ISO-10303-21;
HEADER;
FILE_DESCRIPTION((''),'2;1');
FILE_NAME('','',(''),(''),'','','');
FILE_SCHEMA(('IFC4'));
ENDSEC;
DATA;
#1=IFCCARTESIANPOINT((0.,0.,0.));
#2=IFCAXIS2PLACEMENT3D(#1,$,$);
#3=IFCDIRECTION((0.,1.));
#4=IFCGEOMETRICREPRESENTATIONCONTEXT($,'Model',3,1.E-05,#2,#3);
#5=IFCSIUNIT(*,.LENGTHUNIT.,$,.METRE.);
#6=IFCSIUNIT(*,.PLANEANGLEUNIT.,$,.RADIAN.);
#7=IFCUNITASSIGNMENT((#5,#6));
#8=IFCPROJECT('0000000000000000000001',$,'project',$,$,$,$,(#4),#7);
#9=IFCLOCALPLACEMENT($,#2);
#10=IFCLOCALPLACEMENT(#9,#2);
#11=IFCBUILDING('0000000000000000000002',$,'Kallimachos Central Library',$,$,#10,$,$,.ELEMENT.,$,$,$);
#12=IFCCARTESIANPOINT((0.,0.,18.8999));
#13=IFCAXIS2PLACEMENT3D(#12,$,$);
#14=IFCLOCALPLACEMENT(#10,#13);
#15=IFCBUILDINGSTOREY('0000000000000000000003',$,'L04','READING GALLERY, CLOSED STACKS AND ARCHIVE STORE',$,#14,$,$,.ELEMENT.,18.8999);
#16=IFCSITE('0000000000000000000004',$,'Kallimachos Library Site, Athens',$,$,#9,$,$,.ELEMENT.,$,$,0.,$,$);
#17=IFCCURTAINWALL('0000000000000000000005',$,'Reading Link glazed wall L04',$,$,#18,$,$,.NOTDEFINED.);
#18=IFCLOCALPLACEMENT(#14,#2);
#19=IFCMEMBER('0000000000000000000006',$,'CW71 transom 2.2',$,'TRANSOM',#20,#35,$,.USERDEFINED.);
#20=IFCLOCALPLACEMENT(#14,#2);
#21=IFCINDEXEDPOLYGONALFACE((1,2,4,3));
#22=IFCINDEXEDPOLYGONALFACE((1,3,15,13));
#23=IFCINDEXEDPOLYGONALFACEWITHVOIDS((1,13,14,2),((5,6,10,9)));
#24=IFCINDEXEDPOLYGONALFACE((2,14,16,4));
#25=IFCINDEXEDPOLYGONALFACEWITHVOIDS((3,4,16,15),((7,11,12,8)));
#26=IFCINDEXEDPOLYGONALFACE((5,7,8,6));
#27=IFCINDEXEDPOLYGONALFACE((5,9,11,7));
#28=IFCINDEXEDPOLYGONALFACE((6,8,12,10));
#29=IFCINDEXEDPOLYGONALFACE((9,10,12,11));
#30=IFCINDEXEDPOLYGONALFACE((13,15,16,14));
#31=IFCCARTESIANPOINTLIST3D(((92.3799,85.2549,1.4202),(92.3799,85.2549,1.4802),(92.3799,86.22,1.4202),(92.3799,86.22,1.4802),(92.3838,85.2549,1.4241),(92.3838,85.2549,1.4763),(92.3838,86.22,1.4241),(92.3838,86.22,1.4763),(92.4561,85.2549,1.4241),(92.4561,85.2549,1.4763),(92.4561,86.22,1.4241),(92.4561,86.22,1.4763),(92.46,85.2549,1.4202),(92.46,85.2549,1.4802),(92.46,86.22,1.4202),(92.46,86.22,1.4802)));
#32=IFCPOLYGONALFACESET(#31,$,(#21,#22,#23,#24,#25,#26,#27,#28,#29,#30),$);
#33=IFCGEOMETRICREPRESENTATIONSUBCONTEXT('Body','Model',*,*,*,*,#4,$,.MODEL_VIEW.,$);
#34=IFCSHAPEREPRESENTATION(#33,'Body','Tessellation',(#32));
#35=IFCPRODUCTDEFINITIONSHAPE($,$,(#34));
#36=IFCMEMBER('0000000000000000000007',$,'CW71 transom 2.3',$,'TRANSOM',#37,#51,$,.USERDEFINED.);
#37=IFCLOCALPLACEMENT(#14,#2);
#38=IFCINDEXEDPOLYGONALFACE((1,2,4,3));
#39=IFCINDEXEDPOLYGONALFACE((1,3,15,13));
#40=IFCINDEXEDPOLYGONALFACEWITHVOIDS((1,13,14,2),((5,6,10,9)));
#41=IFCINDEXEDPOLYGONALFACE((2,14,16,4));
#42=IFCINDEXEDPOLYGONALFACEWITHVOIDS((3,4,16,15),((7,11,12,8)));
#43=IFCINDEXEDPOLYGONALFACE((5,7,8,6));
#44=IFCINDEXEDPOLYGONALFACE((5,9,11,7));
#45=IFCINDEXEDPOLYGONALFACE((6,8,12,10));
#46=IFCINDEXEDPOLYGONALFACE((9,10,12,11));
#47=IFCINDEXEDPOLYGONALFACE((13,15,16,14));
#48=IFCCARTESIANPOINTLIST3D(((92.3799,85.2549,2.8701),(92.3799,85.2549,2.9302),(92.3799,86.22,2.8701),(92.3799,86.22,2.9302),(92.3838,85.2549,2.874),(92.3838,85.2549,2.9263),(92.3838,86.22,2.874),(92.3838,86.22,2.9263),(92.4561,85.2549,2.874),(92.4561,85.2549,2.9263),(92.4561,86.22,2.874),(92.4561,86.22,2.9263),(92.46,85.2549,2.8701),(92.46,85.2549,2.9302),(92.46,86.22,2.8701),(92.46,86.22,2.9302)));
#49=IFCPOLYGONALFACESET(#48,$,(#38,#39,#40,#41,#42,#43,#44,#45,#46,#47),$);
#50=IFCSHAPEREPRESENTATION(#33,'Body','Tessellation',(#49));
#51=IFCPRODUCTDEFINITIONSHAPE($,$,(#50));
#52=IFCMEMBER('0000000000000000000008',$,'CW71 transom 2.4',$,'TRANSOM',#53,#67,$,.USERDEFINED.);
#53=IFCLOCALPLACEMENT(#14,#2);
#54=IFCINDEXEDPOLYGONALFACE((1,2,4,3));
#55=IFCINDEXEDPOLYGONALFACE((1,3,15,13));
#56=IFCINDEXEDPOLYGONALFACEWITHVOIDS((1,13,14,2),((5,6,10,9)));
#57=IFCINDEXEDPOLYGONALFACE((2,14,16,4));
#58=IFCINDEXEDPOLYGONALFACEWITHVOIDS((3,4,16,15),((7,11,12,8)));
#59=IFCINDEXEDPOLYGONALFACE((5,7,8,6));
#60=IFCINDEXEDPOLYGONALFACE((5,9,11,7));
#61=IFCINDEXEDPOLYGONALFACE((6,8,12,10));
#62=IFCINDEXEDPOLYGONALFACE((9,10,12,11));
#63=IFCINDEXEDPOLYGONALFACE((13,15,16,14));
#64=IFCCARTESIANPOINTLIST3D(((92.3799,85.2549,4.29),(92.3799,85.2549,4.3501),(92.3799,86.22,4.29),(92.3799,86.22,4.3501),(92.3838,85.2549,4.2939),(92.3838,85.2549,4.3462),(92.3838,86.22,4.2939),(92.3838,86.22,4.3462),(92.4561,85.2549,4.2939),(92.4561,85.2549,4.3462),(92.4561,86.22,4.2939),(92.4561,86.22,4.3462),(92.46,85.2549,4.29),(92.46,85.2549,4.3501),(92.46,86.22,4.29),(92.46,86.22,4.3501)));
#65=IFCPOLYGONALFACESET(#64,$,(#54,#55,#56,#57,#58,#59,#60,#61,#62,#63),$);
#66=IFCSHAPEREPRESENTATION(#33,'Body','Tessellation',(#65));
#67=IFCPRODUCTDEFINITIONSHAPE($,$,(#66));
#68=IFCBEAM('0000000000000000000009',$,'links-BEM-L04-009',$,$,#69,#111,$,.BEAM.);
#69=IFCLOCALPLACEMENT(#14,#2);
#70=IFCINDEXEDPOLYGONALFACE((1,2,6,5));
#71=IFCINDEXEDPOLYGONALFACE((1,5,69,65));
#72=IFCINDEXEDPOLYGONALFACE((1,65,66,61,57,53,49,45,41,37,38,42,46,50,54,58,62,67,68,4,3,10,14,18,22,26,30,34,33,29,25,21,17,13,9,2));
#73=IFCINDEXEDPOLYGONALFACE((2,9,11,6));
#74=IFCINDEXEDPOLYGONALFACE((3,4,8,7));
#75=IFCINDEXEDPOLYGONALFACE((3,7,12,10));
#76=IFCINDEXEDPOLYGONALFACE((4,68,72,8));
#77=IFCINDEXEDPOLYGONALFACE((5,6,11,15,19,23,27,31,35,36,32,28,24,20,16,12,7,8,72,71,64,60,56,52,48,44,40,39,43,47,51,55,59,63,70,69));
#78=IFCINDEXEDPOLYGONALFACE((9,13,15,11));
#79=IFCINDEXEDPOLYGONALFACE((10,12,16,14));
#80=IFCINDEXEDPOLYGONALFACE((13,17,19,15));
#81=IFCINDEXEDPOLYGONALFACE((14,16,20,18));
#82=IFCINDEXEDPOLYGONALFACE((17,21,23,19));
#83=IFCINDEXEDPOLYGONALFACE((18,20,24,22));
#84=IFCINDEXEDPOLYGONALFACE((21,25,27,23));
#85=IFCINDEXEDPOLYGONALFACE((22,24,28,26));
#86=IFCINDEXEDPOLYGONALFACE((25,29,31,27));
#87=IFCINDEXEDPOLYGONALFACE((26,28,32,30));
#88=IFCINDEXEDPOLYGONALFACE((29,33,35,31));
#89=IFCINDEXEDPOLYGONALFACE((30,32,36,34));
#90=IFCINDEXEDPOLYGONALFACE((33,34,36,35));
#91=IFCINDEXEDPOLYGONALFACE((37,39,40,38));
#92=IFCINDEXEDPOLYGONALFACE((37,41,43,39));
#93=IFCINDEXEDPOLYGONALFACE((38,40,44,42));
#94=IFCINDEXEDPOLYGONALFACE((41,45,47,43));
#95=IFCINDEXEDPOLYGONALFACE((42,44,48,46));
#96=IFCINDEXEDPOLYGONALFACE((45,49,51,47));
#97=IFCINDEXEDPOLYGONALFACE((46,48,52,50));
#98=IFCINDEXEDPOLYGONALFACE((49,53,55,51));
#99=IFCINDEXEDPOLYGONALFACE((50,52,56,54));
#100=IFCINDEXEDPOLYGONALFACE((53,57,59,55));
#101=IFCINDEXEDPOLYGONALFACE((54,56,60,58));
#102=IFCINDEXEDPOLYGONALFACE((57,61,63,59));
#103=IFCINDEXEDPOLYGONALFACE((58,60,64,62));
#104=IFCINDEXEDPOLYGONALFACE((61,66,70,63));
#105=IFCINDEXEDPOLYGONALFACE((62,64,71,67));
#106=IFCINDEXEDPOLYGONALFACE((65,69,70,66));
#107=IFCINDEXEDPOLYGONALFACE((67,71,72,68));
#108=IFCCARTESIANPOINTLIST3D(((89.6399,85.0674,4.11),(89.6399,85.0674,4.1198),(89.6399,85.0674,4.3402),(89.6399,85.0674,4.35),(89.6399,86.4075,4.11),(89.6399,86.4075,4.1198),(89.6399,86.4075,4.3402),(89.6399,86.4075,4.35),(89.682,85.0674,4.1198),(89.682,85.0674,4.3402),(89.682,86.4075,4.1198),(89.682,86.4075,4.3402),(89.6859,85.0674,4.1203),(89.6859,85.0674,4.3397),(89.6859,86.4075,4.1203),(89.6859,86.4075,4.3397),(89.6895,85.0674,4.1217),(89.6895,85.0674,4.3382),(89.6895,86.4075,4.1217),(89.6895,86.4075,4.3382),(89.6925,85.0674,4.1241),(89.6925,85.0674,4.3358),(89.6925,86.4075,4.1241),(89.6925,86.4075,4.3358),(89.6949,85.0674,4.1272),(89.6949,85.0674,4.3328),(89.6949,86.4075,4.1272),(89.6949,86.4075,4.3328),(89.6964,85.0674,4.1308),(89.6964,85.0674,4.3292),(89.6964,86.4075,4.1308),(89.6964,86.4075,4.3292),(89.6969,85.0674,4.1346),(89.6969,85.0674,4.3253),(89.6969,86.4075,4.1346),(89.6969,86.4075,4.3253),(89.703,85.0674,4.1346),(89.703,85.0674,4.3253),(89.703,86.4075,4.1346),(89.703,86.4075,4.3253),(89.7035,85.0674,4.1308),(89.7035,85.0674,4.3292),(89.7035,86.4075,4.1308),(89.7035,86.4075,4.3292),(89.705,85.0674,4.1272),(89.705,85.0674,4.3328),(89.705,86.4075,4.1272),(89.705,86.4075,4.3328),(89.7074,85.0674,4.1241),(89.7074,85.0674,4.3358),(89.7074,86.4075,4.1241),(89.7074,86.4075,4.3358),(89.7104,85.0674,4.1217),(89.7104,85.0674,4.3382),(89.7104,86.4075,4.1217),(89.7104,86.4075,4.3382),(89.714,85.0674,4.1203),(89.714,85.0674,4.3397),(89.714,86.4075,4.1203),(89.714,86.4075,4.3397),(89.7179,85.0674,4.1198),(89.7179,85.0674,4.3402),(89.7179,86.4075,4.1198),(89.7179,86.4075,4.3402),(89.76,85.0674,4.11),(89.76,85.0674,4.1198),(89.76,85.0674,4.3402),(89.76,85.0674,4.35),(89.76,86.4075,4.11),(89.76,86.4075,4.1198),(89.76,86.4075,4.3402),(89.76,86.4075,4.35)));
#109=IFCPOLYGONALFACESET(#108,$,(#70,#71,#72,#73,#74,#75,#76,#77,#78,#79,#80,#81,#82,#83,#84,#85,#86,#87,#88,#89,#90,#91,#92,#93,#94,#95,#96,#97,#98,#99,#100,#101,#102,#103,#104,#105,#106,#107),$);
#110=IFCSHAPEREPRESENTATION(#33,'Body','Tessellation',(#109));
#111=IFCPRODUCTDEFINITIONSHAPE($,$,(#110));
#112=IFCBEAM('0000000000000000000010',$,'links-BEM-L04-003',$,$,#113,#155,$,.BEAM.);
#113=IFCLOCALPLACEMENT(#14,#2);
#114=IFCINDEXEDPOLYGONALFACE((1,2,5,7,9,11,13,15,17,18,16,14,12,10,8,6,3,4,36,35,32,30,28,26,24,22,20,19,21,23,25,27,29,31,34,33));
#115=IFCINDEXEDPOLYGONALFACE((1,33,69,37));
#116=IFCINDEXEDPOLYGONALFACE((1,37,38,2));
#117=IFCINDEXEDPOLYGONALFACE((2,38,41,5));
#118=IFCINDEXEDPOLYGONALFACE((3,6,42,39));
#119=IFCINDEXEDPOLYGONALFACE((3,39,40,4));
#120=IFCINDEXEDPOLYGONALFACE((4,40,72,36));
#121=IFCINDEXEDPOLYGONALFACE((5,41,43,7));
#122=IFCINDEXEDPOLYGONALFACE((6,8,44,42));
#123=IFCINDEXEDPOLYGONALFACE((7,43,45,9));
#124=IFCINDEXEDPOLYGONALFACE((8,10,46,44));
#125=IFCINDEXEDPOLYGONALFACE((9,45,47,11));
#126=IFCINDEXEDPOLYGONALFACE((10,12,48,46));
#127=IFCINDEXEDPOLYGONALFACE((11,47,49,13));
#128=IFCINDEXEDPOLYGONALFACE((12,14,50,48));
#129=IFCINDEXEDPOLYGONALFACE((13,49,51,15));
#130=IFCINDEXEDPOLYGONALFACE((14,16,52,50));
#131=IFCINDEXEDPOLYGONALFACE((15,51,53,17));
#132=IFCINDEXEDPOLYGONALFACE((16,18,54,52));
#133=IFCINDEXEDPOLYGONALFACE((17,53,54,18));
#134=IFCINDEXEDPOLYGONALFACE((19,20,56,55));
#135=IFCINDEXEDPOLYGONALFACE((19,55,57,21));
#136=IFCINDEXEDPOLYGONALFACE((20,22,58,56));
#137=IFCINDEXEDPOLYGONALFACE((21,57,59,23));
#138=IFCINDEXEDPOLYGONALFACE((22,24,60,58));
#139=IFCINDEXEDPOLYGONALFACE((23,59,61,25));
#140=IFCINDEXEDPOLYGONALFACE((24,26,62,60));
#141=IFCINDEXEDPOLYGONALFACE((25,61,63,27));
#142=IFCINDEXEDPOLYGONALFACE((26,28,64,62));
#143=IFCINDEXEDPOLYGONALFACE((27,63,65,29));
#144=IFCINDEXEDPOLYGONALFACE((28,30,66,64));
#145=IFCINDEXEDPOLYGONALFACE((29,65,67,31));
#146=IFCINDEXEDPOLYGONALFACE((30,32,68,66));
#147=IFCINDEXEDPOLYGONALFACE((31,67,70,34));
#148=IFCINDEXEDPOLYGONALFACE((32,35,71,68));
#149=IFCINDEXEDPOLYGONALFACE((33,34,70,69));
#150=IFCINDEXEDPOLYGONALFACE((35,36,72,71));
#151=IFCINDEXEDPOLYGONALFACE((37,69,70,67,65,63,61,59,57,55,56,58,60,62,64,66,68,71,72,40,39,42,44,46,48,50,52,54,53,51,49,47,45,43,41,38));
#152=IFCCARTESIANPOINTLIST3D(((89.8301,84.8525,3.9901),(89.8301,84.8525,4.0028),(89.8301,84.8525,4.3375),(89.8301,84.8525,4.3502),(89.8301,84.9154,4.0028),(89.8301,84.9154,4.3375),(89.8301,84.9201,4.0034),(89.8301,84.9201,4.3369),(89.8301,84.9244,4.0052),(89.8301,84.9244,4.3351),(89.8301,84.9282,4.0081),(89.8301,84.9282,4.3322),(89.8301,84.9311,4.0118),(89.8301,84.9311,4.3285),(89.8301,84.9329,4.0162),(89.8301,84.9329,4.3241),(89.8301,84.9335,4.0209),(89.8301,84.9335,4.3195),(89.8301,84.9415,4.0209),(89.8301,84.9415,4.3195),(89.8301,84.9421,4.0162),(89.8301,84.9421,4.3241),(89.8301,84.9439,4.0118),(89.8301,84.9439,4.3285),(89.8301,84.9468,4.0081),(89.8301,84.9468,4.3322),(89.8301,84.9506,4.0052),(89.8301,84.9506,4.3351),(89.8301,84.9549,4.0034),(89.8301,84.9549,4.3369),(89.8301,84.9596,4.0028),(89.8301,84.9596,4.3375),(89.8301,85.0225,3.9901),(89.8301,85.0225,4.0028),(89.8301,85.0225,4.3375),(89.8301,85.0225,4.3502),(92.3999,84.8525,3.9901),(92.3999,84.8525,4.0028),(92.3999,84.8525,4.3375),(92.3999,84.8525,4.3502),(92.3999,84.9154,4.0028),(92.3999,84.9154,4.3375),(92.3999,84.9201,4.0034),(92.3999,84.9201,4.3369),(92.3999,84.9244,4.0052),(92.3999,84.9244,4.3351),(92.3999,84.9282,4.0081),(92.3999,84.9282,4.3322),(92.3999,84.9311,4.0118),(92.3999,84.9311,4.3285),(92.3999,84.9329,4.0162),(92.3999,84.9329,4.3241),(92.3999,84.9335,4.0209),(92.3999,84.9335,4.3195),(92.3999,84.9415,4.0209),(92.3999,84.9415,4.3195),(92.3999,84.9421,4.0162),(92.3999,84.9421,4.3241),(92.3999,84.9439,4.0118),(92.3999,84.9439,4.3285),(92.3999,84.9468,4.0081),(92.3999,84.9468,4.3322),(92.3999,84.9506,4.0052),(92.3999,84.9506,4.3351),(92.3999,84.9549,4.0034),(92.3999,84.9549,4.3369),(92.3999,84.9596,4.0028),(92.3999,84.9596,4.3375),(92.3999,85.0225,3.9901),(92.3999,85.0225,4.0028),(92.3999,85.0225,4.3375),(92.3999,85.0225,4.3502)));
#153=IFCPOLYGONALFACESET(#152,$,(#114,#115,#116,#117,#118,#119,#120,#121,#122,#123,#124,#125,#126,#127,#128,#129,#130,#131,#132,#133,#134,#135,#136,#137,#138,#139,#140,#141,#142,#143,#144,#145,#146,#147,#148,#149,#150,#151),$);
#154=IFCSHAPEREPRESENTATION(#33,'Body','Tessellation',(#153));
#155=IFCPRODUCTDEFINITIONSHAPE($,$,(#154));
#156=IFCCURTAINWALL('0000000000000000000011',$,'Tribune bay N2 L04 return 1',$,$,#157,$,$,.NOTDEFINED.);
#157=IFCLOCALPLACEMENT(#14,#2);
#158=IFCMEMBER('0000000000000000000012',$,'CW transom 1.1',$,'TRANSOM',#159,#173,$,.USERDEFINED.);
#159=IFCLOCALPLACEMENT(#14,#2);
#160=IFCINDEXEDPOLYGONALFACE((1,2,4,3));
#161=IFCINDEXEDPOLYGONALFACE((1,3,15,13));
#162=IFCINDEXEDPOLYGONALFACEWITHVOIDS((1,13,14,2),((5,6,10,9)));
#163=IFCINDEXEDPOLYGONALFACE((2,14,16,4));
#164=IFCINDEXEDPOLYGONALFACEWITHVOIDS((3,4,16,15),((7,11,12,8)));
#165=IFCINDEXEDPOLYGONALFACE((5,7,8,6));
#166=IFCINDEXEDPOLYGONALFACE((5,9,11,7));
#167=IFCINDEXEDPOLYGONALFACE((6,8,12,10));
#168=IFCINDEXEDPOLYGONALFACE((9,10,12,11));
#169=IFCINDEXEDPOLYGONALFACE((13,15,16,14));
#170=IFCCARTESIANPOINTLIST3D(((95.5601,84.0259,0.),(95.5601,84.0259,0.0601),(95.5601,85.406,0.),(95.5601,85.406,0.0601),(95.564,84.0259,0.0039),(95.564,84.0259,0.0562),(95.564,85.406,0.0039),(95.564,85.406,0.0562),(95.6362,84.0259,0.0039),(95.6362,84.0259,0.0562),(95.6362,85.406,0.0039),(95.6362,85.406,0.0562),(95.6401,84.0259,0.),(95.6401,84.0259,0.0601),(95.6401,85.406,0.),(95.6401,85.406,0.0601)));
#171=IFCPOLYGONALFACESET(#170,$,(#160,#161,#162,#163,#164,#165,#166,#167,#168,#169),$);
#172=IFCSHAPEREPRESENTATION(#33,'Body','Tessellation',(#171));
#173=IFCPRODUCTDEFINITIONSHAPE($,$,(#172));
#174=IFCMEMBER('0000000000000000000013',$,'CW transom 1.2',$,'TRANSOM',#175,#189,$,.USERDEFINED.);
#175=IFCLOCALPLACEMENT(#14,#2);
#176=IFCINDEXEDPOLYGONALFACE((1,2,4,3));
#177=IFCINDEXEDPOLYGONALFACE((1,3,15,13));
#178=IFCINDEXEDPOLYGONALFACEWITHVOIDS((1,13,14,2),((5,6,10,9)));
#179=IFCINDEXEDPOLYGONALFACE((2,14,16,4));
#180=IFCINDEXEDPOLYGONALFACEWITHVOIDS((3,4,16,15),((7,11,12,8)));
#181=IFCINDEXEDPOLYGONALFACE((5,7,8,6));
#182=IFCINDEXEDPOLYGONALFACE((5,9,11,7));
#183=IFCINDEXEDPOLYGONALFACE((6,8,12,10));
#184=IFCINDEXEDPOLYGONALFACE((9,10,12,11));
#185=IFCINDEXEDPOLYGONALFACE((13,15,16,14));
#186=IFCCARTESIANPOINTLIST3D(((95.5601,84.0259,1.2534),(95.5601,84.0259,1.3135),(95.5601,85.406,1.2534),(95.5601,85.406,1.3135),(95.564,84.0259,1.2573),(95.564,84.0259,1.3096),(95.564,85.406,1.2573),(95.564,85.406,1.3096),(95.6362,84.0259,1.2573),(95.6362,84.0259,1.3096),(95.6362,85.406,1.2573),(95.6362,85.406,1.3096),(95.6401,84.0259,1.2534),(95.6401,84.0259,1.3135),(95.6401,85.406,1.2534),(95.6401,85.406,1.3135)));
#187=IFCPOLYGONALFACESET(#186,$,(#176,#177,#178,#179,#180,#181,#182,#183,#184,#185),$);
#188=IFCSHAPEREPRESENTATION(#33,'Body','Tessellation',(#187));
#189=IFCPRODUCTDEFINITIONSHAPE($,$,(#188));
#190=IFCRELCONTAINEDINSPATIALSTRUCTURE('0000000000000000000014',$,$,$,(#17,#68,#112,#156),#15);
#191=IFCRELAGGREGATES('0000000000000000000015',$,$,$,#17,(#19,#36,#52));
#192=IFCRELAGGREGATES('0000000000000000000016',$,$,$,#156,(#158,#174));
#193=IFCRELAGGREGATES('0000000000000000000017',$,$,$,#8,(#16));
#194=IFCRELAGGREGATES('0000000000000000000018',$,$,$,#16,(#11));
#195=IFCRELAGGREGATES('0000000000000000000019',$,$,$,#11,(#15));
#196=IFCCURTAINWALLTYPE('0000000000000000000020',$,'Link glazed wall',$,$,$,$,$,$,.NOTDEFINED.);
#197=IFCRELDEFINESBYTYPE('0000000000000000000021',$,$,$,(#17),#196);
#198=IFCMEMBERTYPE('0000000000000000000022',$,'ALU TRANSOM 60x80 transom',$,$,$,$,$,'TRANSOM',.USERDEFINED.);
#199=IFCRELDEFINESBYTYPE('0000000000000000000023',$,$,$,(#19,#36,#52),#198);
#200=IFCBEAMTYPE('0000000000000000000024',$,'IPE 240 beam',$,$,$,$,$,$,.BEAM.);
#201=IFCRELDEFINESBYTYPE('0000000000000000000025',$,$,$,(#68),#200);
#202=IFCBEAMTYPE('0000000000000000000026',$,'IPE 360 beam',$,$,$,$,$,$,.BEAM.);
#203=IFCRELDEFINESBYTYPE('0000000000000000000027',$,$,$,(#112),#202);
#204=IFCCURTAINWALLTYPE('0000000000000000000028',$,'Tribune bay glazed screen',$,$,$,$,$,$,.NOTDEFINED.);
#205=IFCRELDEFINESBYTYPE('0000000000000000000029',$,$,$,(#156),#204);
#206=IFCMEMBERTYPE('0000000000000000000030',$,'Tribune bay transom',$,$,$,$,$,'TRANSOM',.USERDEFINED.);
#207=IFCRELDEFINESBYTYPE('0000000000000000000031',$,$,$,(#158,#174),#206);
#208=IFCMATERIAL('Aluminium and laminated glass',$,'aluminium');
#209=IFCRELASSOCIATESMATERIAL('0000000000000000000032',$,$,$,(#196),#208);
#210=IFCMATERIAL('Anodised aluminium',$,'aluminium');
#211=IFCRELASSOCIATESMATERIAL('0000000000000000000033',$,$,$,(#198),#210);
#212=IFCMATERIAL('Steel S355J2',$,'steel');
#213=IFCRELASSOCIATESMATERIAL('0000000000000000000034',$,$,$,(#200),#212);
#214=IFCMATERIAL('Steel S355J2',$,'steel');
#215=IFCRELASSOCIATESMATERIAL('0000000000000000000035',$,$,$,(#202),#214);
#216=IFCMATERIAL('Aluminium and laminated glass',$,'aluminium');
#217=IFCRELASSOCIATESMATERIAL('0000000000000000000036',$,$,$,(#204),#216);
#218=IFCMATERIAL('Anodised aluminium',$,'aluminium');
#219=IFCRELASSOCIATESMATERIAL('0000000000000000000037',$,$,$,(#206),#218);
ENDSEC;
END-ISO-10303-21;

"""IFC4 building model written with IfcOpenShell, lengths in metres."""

from ifc_helpers import new_model, si_unit, direction, frame, origin, origin_2d, place, context, subcontext, project, spatial, hollow_rectangle, i_section, extrude, material, material_profile, profile_set, type_object, element, aggregate, save


model = new_model("IFC4")

# Units and contexts
model_context = context("Model", 3, precision=1e-05, world=origin(), true_north=direction((0.0, 1.0)))
body_context = subcontext(model_context, "Body", "Model", "MODEL_VIEW")
ifc_project = project(units=[si_unit("LENGTHUNIT", "METRE"), si_unit("PLANEANGLEUNIT", "RADIAN")], contexts=[model_context])

# Site, building, storey
site_placement = place(None, origin())
site = spatial("IfcSite", under=ifc_project, at=site_placement, Name="Kallimachos Library Site, Athens", CompositionType="ELEMENT", RefElevation=0.0)
building_placement = place(site_placement, origin())
building = spatial("IfcBuilding", under=site, at=building_placement, Name="Kallimachos Central Library", CompositionType="ELEMENT")
storey_placement = place(building_placement, frame((0.0, 0.0, 18.8999)))
storey = spatial("IfcBuildingStorey", under=building, at=storey_placement, Name="L04", Description="READING GALLERY, CLOSED STACKS AND ARCHIVE STORE", CompositionType="ELEMENT", Elevation=18.8999)

# Curtain wall, members
ifc_material_1 = material(Name="Aluminium and laminated glass", Category="aluminium")
curtain_wall_type_1 = type_object("IfcCurtainWallType", Name="Link glazed wall", PredefinedType="NOTDEFINED", material=ifc_material_1)
curtain_wall_1_placement = place(storey_placement, origin())
curtain_wall_1 = element("IfcCurtainWall", 1, at=curtain_wall_1_placement, inside=storey, type_object=curtain_wall_type_1, Name="Reading Link glazed wall L04", PredefinedType="NOTDEFINED")
ifc_material_2 = material(Name="Anodised aluminium", Category="aluminium")
ifc_material_profile_1 = material_profile(ifc_material_2, hollow_rectangle(XDim=0.0601, YDim=0.0801, WallThickness=0.0039, at=origin_2d()), Name="ALU TRANSOM 60x80")
ifc_profile_set_1 = profile_set([ifc_material_profile_1], Name="Anodised aluminium")
member_type_1 = type_object("IfcMemberType", Name="ALU TRANSOM 60x80 transom", ElementType="TRANSOM", PredefinedType="USERDEFINED", material=ifc_profile_set_1)
member_1_placement = place(storey_placement, frame((92.4199, 85.2549, 1.4502), z_axis=(0.0, 1.0, 0.0), x_axis=(0.0, 0.0, 1.0)))
member_1 = element("IfcMember", 2, at=member_1_placement, type_object=member_type_1, Name="CW71 transom 2.2", ObjectType="TRANSOM", PredefinedType="USERDEFINED", context=body_context, shape_type="SweptSolid", body=[
    extrude(hollow_rectangle(XDim=0.0601, YDim=0.0801, WallThickness=0.0039, at=origin_2d()), origin(), (0.0, 0.0, 1.0), 0.9651),
])
member_2_placement = place(storey_placement, frame((92.4199, 85.2549, 2.9001), z_axis=(0.0, 1.0, 0.0), x_axis=(0.0, 0.0, 1.0)))
member_2 = element("IfcMember", 3, at=member_2_placement, type_object=member_type_1, Name="CW71 transom 2.3", ObjectType="TRANSOM", PredefinedType="USERDEFINED", context=body_context, shape_type="SweptSolid", body=[
    extrude(hollow_rectangle(XDim=0.0601, YDim=0.0801, WallThickness=0.0039, at=origin_2d()), origin(), (0.0, 0.0, 1.0), 0.9651),
])
member_3_placement = place(storey_placement, frame((92.4199, 85.2549, 4.3201), z_axis=(0.0, 1.0, 0.0), x_axis=(0.0, 0.0, 1.0)))
member_3 = element("IfcMember", 4, at=member_3_placement, type_object=member_type_1, Name="CW71 transom 2.4", ObjectType="TRANSOM", PredefinedType="USERDEFINED", context=body_context, shape_type="SweptSolid", body=[
    extrude(hollow_rectangle(XDim=0.0601, YDim=0.0801, WallThickness=0.0039, at=origin_2d()), origin(), (0.0, 0.0, 1.0), 0.9651),
])

# Beams
ifc_material_3 = material(Name="Steel S355J2", Category="steel")
ifc_material_profile_2 = material_profile(ifc_material_3, i_section(OverallWidth=0.1201, OverallDepth=0.24, WebThickness=0.0061, FlangeThickness=0.0098, FilletRadius=0.0149, at=origin_2d()), Name="IPE 240")
ifc_profile_set_2 = profile_set([ifc_material_profile_2], Name="Steel S355J2")
beam_type_1 = type_object("IfcBeamType", Name="IPE 240 beam", PredefinedType="BEAM", material=ifc_profile_set_2)
beam_1_placement = place(storey_placement, frame((89.7, 85.0674, 4.23), z_axis=(0.0, 1.0, 0.0), x_axis=(-1.0, 0.0, 0.0)))
element("IfcBeam", 5, at=beam_1_placement, inside=storey, type_object=beam_type_1, Name="links-BEM-L04-009", PredefinedType="BEAM", context=body_context, shape_type="SweptSolid", body=[
    extrude(i_section(OverallWidth=0.1201, OverallDepth=0.24, WebThickness=0.0061, FlangeThickness=0.0098, FilletRadius=0.0149, at=origin_2d()), origin(), (0.0, 0.0, 1.0), 1.3401),
])
ifc_material_4 = material(Name="Steel S355J2", Category="steel")
ifc_material_profile_3 = material_profile(ifc_material_4, i_section(OverallWidth=0.1699, OverallDepth=0.3601, WebThickness=0.0081, FlangeThickness=0.0127, FilletRadius=0.0181, at=origin_2d()), Name="IPE 360")
ifc_profile_set_3 = profile_set([ifc_material_profile_3], Name="Steel S355J2")
beam_type_2 = type_object("IfcBeamType", Name="IPE 360 beam", PredefinedType="BEAM", material=ifc_profile_set_3)
beam_2_placement = place(storey_placement, frame((89.8301, 84.9375, 4.1702), z_axis=(1.0, 0.0, 0.0), x_axis=(0.0, 1.0, 0.0)))
element("IfcBeam", 6, at=beam_2_placement, inside=storey, type_object=beam_type_2, Name="links-BEM-L04-003", PredefinedType="BEAM", context=body_context, shape_type="SweptSolid", body=[
    extrude(i_section(OverallWidth=0.1699, OverallDepth=0.3601, WebThickness=0.0081, FlangeThickness=0.0127, FilletRadius=0.0181, at=origin_2d()), origin(), (0.0, 0.0, 1.0), 2.5698),
])

# Curtain wall, members
ifc_material_5 = material(Name="Aluminium and laminated glass", Category="aluminium")
curtain_wall_type_2 = type_object("IfcCurtainWallType", Name="Tribune bay glazed screen", PredefinedType="NOTDEFINED", material=ifc_material_5)
curtain_wall_2_placement = place(storey_placement, origin())
curtain_wall_2 = element("IfcCurtainWall", 7, at=curtain_wall_2_placement, inside=storey, type_object=curtain_wall_type_2, Name="Tribune bay N2 L04 return 1", PredefinedType="NOTDEFINED")
ifc_material_6 = material(Name="Anodised aluminium", Category="aluminium")
ifc_material_profile_4 = material_profile(ifc_material_6, hollow_rectangle(XDim=0.0601, YDim=0.0801, WallThickness=0.0039, at=origin_2d()), Name="ALU TRANSOM 60x80")
ifc_profile_set_4 = profile_set([ifc_material_profile_4], Name="Anodised aluminium")
member_type_2 = type_object("IfcMemberType", Name="Tribune bay transom", ElementType="TRANSOM", PredefinedType="USERDEFINED", material=ifc_profile_set_4)
member_4_placement = place(storey_placement, frame((95.6001, 84.0259, 0.03), z_axis=(0.0, 1.0, 0.0), x_axis=(0.0, 0.0, 1.0)))
member_4 = element("IfcMember", 8, at=member_4_placement, type_object=member_type_2, Name="CW transom 1.1", ObjectType="TRANSOM", PredefinedType="USERDEFINED", context=body_context, shape_type="SweptSolid", body=[
    extrude(hollow_rectangle(XDim=0.0601, YDim=0.0801, WallThickness=0.0039, at=origin_2d()), origin(), (0.0, 0.0, 1.0), 1.3801),
])
member_5_placement = place(storey_placement, frame((95.6001, 84.0259, 1.2834), z_axis=(0.0, 1.0, 0.0), x_axis=(0.0, 0.0, 1.0)))
member_5 = element("IfcMember", 9, at=member_5_placement, type_object=member_type_2, Name="CW transom 1.2", ObjectType="TRANSOM", PredefinedType="USERDEFINED", context=body_context, shape_type="SweptSolid", body=[
    extrude(hollow_rectangle(XDim=0.0601, YDim=0.0801, WallThickness=0.0039, at=origin_2d()), origin(), (0.0, 0.0, 1.0), 1.3801),
])

aggregate(curtain_wall_1, [member_1, member_2, member_3])
aggregate(curtain_wall_2, [member_4, member_5])

save(model, "model.ifc")
